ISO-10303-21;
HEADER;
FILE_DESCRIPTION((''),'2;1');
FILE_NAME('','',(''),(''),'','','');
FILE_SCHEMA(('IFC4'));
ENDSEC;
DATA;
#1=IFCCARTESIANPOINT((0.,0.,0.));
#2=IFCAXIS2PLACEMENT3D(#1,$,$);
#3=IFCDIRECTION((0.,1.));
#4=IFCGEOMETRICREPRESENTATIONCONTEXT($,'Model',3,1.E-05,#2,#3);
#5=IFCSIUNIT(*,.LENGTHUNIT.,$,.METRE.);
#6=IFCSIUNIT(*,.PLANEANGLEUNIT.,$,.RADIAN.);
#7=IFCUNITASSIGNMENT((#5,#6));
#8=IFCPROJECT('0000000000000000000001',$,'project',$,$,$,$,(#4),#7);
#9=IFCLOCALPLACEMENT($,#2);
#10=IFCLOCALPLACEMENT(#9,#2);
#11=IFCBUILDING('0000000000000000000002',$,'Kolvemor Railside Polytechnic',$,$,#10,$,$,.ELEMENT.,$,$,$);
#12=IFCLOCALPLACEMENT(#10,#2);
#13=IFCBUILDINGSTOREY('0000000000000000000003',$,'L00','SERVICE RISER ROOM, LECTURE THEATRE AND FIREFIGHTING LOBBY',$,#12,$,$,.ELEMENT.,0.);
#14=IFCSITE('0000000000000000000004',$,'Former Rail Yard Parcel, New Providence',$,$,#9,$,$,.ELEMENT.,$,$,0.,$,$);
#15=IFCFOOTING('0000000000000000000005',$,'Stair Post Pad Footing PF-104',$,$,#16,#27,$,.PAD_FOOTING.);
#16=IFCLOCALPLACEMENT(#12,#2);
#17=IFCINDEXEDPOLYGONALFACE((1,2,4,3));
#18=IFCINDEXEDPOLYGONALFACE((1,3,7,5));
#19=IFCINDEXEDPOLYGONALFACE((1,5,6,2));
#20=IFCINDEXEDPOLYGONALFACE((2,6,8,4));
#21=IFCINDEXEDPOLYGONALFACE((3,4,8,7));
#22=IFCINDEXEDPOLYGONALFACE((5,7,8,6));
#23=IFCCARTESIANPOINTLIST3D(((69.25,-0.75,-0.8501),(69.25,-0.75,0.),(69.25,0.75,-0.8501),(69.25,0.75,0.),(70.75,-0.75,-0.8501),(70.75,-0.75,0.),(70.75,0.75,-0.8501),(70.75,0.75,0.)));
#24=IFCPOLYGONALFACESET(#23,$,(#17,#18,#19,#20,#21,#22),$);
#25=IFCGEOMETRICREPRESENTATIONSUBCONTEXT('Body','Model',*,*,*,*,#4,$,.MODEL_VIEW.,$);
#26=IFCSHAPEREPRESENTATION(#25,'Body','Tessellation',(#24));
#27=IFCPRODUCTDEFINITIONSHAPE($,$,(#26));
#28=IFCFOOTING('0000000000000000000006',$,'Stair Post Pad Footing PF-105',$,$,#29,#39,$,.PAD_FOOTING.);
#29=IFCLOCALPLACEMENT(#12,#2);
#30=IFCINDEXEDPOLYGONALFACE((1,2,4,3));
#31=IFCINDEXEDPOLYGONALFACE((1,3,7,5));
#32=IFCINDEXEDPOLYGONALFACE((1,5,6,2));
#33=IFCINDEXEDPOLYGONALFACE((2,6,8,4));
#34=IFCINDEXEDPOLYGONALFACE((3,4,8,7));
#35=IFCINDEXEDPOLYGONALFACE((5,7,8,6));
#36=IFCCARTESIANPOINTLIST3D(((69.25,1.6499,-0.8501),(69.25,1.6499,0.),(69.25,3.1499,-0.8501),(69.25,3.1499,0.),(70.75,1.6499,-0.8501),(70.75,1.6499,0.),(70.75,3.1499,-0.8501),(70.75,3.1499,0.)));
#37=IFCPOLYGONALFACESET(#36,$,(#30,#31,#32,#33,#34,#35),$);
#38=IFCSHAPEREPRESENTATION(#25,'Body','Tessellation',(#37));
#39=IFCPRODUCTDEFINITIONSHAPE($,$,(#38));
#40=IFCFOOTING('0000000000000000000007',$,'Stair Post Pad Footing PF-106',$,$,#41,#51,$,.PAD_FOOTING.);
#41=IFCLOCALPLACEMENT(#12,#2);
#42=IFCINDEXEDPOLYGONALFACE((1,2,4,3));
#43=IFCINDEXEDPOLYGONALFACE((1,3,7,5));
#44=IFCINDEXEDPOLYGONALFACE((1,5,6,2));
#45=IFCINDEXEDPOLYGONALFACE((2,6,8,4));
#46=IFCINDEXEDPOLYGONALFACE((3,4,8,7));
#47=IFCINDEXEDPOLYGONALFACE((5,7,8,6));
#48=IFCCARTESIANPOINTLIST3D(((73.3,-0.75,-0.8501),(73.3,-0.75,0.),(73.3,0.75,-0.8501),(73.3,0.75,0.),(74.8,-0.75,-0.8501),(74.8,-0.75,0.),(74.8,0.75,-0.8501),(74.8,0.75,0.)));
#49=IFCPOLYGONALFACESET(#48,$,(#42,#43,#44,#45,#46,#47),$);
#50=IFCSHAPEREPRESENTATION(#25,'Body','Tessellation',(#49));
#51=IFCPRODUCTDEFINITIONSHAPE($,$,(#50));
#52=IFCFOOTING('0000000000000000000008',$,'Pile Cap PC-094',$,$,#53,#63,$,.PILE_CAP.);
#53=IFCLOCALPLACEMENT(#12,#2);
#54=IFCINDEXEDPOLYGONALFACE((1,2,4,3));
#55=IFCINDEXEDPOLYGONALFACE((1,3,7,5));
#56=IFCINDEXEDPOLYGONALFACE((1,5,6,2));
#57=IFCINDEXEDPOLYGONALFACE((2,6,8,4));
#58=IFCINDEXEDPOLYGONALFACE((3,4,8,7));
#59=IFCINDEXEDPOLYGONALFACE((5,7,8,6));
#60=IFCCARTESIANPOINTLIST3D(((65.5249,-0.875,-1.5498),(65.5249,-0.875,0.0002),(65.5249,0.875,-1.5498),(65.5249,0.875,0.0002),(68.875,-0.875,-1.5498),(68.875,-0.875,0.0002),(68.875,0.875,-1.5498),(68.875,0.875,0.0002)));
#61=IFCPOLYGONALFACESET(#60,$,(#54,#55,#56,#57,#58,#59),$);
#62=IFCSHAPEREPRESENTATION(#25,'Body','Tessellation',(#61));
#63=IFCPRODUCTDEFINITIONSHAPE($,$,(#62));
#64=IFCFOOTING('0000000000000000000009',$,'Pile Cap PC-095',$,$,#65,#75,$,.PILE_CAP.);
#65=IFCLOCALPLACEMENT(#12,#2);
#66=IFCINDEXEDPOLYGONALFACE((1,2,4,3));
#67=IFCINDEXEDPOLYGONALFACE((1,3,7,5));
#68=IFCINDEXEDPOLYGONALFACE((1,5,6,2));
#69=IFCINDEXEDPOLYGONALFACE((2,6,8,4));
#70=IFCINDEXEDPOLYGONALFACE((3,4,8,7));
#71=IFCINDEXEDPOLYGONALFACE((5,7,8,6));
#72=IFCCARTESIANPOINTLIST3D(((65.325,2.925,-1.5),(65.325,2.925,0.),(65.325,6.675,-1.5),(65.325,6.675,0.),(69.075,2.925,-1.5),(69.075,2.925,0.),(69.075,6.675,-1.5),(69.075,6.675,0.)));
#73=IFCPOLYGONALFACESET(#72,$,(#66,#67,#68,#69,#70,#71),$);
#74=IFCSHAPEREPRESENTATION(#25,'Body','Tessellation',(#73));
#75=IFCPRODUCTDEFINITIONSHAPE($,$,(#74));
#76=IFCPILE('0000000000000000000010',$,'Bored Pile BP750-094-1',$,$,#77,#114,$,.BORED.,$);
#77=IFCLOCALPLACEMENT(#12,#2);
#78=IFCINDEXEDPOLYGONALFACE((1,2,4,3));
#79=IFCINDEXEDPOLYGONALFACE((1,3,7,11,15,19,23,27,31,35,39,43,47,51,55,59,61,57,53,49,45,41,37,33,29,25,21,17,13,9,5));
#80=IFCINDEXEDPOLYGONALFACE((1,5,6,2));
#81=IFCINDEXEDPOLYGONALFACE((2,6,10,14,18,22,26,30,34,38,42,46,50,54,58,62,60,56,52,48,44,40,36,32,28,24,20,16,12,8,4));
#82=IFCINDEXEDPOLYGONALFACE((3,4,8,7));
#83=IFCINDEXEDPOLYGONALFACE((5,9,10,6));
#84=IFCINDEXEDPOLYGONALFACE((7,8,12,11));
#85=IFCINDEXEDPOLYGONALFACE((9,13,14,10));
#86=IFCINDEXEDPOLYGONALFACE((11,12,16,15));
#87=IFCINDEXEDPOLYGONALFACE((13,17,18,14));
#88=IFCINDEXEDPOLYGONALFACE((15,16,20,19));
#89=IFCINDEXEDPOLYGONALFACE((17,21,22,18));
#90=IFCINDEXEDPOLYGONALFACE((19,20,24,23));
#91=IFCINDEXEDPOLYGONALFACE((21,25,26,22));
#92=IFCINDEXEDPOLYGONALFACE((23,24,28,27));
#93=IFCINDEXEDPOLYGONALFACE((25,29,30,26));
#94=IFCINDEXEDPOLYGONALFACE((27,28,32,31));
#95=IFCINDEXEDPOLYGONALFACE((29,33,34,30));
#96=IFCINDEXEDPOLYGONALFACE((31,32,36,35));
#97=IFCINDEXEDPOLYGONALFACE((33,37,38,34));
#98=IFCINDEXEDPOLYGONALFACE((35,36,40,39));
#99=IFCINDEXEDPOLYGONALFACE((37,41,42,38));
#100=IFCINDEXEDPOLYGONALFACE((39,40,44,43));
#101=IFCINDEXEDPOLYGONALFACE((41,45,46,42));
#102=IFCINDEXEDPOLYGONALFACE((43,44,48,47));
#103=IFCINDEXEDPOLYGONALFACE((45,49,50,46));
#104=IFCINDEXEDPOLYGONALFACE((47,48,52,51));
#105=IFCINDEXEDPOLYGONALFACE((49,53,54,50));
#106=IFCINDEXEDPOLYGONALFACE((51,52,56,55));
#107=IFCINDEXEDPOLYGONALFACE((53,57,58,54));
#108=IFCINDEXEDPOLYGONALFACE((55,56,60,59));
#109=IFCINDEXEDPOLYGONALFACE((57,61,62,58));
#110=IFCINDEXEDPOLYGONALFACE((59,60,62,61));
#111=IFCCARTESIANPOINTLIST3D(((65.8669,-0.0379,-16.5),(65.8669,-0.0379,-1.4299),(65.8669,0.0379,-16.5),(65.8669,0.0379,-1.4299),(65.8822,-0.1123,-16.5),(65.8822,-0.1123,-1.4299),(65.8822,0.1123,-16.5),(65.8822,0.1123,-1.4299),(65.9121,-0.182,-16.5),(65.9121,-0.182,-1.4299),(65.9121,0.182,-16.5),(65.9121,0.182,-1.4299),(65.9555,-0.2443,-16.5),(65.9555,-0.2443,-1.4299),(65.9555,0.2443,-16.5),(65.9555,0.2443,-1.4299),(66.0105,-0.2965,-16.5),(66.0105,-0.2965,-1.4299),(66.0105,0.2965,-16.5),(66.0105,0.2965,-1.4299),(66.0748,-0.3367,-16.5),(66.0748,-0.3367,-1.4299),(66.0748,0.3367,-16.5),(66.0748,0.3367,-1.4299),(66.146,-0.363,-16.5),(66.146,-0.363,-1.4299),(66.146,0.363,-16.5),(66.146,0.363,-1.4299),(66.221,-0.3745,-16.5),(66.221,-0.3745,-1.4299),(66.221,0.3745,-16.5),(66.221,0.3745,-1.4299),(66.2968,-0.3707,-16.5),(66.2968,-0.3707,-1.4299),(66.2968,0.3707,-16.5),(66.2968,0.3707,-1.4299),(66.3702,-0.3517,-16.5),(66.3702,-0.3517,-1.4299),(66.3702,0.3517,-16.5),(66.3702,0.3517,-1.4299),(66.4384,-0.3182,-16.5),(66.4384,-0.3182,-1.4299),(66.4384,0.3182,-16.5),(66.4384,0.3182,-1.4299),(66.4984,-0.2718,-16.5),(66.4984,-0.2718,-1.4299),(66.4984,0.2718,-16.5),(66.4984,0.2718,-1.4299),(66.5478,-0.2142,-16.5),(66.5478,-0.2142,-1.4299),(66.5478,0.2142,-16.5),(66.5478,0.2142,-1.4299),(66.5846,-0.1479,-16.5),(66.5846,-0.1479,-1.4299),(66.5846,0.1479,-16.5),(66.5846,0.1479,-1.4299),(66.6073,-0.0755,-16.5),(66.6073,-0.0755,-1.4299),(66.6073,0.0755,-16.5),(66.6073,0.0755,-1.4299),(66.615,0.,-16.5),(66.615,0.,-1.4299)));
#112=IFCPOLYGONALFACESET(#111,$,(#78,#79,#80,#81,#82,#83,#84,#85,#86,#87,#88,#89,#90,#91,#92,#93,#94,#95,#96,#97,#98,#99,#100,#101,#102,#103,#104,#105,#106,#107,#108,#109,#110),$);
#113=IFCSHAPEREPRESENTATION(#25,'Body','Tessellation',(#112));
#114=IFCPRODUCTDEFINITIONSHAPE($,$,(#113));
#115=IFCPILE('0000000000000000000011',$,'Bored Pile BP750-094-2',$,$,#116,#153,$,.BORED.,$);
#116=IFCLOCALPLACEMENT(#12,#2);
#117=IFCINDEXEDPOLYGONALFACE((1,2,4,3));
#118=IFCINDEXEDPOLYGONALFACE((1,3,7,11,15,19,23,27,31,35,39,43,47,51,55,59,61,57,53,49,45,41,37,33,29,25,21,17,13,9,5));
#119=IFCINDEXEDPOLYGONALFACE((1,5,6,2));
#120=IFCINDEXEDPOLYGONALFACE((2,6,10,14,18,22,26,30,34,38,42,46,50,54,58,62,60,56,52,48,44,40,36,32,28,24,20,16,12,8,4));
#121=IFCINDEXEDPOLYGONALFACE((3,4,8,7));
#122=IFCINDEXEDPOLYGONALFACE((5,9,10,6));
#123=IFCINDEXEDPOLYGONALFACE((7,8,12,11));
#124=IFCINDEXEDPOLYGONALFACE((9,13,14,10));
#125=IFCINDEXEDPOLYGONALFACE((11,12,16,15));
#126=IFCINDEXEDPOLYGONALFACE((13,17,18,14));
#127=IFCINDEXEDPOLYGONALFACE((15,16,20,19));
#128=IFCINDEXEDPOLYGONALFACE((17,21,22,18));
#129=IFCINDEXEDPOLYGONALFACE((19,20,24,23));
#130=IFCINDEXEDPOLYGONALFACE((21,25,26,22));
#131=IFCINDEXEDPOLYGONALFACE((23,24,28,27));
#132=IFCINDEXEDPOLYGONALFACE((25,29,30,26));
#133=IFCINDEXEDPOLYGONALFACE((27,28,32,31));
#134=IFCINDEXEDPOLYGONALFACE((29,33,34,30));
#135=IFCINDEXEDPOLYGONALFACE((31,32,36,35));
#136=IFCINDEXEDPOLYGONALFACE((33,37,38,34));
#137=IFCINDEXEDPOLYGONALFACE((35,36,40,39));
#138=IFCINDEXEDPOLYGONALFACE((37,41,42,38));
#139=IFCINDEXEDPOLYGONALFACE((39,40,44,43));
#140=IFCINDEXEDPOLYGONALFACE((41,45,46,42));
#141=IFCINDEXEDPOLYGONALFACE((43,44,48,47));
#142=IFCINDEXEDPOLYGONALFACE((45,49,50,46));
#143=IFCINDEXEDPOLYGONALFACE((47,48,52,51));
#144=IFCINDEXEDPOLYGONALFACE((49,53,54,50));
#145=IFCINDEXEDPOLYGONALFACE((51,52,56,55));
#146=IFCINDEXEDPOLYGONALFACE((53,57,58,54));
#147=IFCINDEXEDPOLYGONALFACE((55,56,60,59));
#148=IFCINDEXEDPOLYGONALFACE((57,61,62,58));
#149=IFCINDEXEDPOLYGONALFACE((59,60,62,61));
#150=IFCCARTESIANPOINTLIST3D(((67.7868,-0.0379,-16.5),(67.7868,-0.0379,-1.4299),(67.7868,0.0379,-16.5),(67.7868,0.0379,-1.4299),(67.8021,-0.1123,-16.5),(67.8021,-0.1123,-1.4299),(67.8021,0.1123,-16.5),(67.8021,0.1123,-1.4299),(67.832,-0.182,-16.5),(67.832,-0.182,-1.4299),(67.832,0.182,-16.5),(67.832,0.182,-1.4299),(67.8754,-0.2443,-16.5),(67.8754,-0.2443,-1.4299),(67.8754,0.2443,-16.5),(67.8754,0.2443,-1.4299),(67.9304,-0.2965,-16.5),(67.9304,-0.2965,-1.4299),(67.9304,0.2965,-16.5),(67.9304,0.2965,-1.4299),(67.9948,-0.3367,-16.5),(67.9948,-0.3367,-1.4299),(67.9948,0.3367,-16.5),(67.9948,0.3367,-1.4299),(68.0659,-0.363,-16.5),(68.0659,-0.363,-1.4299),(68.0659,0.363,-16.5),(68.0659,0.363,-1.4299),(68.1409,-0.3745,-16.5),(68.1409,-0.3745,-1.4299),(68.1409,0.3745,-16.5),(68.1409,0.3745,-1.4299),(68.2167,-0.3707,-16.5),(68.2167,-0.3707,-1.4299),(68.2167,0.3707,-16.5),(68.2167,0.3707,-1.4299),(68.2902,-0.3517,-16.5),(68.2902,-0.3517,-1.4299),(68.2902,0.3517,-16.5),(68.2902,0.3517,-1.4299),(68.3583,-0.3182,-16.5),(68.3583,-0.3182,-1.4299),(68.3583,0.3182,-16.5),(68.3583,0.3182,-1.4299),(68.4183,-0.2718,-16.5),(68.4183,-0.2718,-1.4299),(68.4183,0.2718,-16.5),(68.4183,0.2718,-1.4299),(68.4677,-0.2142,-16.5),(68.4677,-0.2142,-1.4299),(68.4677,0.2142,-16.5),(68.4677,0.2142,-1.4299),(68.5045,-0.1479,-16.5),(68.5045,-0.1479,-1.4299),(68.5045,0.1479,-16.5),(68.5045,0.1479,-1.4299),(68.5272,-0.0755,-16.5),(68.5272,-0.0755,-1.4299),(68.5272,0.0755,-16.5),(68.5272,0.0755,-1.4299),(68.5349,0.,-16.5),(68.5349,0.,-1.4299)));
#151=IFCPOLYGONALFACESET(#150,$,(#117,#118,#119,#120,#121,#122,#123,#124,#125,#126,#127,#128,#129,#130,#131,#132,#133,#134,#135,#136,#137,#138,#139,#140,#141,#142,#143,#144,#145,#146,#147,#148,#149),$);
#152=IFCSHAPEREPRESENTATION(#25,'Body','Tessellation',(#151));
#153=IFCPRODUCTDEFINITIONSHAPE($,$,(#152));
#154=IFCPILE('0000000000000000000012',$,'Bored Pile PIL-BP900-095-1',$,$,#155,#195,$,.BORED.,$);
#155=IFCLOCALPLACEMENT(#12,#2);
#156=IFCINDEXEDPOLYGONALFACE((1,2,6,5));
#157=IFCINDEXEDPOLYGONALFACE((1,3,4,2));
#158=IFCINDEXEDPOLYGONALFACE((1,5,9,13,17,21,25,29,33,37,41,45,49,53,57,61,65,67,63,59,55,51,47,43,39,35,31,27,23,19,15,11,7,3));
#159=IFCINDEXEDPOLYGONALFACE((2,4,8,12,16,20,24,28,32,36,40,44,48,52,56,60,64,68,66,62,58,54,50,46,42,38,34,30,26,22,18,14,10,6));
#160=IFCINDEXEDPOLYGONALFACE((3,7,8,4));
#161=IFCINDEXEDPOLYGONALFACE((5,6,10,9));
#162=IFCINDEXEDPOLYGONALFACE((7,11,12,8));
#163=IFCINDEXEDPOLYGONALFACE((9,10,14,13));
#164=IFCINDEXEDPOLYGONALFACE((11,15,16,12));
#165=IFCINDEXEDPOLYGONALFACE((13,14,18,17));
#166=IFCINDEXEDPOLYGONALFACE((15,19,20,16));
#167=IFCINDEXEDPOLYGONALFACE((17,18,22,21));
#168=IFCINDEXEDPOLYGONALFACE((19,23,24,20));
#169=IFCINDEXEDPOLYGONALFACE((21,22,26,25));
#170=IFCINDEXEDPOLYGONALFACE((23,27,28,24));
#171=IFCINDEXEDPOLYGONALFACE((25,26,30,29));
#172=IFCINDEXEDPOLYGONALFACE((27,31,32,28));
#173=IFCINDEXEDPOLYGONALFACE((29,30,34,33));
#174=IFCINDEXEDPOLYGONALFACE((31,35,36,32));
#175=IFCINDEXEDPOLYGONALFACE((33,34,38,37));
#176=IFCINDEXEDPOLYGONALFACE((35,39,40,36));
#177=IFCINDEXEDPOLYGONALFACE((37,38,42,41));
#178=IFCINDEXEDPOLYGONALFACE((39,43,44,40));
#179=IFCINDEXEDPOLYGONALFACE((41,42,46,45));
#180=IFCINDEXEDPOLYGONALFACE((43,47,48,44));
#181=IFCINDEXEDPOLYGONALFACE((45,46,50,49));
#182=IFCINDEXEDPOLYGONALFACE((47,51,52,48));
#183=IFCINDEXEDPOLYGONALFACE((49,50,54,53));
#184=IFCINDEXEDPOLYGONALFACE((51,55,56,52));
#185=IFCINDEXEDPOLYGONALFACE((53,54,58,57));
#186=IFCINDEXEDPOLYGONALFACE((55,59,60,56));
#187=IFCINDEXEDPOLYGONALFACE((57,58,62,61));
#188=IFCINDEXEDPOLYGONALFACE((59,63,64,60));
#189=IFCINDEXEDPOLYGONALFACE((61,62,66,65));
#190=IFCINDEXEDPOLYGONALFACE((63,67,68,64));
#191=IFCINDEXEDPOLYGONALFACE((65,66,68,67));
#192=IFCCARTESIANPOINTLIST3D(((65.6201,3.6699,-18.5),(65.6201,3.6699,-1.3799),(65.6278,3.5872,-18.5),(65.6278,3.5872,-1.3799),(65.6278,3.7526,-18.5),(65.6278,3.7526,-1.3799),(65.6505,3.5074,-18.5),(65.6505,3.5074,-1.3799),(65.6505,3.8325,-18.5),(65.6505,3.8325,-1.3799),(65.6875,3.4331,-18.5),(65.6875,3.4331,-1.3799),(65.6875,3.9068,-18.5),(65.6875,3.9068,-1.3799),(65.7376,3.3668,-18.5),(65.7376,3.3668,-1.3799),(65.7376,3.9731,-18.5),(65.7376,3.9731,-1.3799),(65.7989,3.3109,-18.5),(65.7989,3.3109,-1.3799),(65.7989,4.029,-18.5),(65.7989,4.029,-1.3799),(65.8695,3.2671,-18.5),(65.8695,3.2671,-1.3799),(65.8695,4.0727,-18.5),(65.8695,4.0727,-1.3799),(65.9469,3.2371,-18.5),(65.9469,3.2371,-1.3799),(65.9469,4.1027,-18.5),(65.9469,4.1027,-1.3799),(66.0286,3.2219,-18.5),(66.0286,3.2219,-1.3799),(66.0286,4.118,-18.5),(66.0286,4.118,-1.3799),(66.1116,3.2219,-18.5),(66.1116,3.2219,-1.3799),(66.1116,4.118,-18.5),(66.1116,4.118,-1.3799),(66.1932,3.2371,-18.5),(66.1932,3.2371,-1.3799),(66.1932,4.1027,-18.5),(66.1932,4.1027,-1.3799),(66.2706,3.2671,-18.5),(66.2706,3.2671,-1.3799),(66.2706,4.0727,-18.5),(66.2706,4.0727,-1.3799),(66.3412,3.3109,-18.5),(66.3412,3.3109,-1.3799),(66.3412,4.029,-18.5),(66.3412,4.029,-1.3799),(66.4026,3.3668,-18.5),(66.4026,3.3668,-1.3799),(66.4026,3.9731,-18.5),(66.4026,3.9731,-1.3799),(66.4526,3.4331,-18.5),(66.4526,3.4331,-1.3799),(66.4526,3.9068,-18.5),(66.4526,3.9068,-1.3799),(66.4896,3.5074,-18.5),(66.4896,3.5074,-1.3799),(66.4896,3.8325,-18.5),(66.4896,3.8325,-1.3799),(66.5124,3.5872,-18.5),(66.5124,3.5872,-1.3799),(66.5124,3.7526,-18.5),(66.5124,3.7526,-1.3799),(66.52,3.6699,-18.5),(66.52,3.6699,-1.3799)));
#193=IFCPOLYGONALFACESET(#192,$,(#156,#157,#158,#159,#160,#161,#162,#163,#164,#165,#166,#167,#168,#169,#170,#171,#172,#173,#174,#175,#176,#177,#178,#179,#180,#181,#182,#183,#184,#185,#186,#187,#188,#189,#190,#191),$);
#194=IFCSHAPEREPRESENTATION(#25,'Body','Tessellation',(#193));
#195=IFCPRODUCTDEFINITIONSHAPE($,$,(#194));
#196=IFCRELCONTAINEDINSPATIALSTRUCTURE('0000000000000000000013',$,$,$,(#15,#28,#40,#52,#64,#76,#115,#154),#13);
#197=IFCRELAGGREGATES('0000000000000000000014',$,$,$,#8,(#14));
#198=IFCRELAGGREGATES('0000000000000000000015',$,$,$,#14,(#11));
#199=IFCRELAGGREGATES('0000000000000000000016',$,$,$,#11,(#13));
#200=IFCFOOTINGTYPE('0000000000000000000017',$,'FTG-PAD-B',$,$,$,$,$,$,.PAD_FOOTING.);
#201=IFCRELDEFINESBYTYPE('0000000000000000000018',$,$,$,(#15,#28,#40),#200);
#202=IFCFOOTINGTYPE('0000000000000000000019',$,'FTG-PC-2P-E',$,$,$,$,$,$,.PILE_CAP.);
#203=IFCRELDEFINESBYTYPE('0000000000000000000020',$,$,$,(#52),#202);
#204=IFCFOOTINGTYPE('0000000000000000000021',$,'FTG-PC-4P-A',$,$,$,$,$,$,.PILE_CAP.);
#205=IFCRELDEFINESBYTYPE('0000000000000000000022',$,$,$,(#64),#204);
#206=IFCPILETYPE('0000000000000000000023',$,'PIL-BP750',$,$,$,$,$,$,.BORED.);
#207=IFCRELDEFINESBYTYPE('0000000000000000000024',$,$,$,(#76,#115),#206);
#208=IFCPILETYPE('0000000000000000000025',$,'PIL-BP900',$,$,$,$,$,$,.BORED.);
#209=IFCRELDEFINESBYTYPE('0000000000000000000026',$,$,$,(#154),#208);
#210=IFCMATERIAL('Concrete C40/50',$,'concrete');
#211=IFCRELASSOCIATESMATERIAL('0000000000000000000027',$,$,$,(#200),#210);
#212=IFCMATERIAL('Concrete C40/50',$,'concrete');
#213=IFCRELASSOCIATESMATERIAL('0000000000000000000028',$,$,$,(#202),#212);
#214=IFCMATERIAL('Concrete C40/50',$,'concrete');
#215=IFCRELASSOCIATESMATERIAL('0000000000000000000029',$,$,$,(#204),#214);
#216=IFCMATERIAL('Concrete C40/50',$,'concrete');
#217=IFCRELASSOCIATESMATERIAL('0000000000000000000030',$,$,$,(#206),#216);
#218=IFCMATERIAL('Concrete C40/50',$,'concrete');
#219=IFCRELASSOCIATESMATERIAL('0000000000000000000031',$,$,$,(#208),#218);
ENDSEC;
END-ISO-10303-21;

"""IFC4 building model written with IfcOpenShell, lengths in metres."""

from ifc_helpers import new_model, si_unit, direction, frame, origin, origin_2d, place, context, subcontext, project, spatial, rectangle, circle, extrude, material, material_profile, profile_set, type_object, element, save


model = new_model("IFC4")

# Units and contexts
model_context = context("Model", 3, precision=1e-05, world=origin(), true_north=direction((0.0, 1.0)))
body_context = subcontext(model_context, "Body", "Model", "MODEL_VIEW")
ifc_project = project(units=[si_unit("LENGTHUNIT", "METRE"), si_unit("PLANEANGLEUNIT", "RADIAN")], contexts=[model_context])

# Site, building, storey
site_placement = place(None, origin())
site = spatial("IfcSite", under=ifc_project, at=site_placement, Name="Former Rail Yard Parcel, New Providence", CompositionType="ELEMENT", RefElevation=0.0)
building_placement = place(site_placement, origin())
building = spatial("IfcBuilding", under=site, at=building_placement, Name="Kolvemor Railside Polytechnic", CompositionType="ELEMENT")
storey_placement = place(building_placement, origin())
storey = spatial("IfcBuildingStorey", under=building, at=storey_placement, Name="L00", Description="SERVICE RISER ROOM, LECTURE THEATRE AND FIREFIGHTING LOBBY", CompositionType="ELEMENT", Elevation=0.0)

# Footings
ifc_material_1 = material(Name="Concrete C40/50", Category="concrete")
footing_type_1 = type_object("IfcFootingType", Name="FTG-PAD-B", PredefinedType="PAD_FOOTING", material=ifc_material_1)
for number, where, z_axis, x_axis, name in (
    (1, (70.0, 0.0, -0.8501), (0.0, 0.0, 1.0), (1.0, 0.0, 0.0), "Stair Post Pad Footing PF-104"),
    (2, (70.0, 2.3999, -0.8501), (0.0, 0.0, 1.0), (1.0, 0.0, 0.0), "Stair Post Pad Footing PF-105"),
    (3, (74.05, 0.0, -0.8501), (0.0, 0.0, 1.0), (1.0, 0.0, 0.0), "Stair Post Pad Footing PF-106"),
):
    element("IfcFooting", number, at=place(storey_placement, frame(where, z_axis=z_axis, x_axis=x_axis)), inside=storey, type_object=footing_type_1, Name=name, PredefinedType="PAD_FOOTING", context=body_context, shape_type="SweptSolid", body=[
        extrude(rectangle(XDim=1.5, YDim=1.5, at=origin_2d()), origin(), (0.0, 0.0, 1.0), 0.8501),
    ])
ifc_material_2 = material(Name="Concrete C40/50", Category="concrete")
footing_type_2 = type_object("IfcFootingType", Name="FTG-PC-2P-E", PredefinedType="PILE_CAP", material=ifc_material_2)
footing_1_placement = place(storey_placement, frame((67.2, 0.0, -1.5498), z_axis=(0.0, 0.0, 1.0), x_axis=(1.0, 0.0, 0.0)))
element("IfcFooting", 4, at=footing_1_placement, inside=storey, type_object=footing_type_2, Name="Pile Cap PC-094", PredefinedType="PILE_CAP", context=body_context, shape_type="SweptSolid", body=[
    extrude(rectangle(XDim=3.3501, YDim=1.75, at=origin_2d()), origin(), (0.0, 0.0, 1.0), 1.55),
])
ifc_material_3 = material(Name="Concrete C40/50", Category="concrete")
footing_type_3 = type_object("IfcFootingType", Name="FTG-PC-4P-A", PredefinedType="PILE_CAP", material=ifc_material_3)
footing_2_placement = place(storey_placement, frame((67.2, 4.8, -1.5), z_axis=(0.0, 0.0, 1.0), x_axis=(1.0, 0.0, 0.0)))
element("IfcFooting", 5, at=footing_2_placement, inside=storey, type_object=footing_type_3, Name="Pile Cap PC-095", PredefinedType="PILE_CAP", context=body_context, shape_type="SweptSolid", body=[
    extrude(rectangle(XDim=3.75, YDim=3.75, at=origin_2d()), origin(), (0.0, 0.0, 1.0), 1.5),
])

# Piles
ifc_material_4 = material(Name="Concrete C40/50", Category="concrete")
ifc_material_profile_1 = material_profile(ifc_material_4, circle(Radius=0.375, at=origin_2d()), Name="BP750")
ifc_profile_set_1 = profile_set([ifc_material_profile_1], Name="Concrete C40/50")
pile_type_1 = type_object("IfcPileType", Name="PIL-BP750", PredefinedType="BORED", material=ifc_profile_set_1)
for number, where, z_axis, x_axis, name in (
    (6, (66.24, 0.0, -1.4299), (0.0, 0.0, -1.0), (1.0, 0.0, 0.0), "Bored Pile BP750-094-1"),
    (7, (68.1599, 0.0, -1.4299), (0.0, 0.0, -1.0), (1.0, 0.0, 0.0), "Bored Pile BP750-094-2"),
):
    element("IfcPile", number, at=place(storey_placement, frame(where, z_axis=z_axis, x_axis=x_axis)), inside=storey, type_object=pile_type_1, Name=name, PredefinedType="BORED", context=body_context, shape_type="SweptSolid", body=[
        extrude(circle(Radius=0.375, at=origin_2d()), origin(), (0.0, 0.0, 1.0), 15.0701),
    ])
ifc_material_5 = material(Name="Concrete C40/50", Category="concrete")
ifc_material_profile_2 = material_profile(ifc_material_5, circle(Radius=0.45, at=origin_2d()), Name="BP900")
ifc_profile_set_2 = profile_set([ifc_material_profile_2], Name="Concrete C40/50")
pile_type_2 = type_object("IfcPileType", Name="PIL-BP900", PredefinedType="BORED", material=ifc_profile_set_2)
for number, where, z_axis, x_axis, name in (
    (8, (66.0701, 3.6699, -1.3799), (0.0, 0.0, -1.0), (1.0, 0.0, 0.0), "Bored Pile PIL-BP900-095-1"),
):
    element("IfcPile", number, at=place(storey_placement, frame(where, z_axis=z_axis, x_axis=x_axis)), inside=storey, type_object=pile_type_2, Name=name, PredefinedType="BORED", context=body_context, shape_type="SweptSolid", body=[
        extrude(circle(Radius=0.45, at=origin_2d()), origin(), (0.0, 0.0, 1.0), 17.1201),
    ])

save(model, "model.ifc")
